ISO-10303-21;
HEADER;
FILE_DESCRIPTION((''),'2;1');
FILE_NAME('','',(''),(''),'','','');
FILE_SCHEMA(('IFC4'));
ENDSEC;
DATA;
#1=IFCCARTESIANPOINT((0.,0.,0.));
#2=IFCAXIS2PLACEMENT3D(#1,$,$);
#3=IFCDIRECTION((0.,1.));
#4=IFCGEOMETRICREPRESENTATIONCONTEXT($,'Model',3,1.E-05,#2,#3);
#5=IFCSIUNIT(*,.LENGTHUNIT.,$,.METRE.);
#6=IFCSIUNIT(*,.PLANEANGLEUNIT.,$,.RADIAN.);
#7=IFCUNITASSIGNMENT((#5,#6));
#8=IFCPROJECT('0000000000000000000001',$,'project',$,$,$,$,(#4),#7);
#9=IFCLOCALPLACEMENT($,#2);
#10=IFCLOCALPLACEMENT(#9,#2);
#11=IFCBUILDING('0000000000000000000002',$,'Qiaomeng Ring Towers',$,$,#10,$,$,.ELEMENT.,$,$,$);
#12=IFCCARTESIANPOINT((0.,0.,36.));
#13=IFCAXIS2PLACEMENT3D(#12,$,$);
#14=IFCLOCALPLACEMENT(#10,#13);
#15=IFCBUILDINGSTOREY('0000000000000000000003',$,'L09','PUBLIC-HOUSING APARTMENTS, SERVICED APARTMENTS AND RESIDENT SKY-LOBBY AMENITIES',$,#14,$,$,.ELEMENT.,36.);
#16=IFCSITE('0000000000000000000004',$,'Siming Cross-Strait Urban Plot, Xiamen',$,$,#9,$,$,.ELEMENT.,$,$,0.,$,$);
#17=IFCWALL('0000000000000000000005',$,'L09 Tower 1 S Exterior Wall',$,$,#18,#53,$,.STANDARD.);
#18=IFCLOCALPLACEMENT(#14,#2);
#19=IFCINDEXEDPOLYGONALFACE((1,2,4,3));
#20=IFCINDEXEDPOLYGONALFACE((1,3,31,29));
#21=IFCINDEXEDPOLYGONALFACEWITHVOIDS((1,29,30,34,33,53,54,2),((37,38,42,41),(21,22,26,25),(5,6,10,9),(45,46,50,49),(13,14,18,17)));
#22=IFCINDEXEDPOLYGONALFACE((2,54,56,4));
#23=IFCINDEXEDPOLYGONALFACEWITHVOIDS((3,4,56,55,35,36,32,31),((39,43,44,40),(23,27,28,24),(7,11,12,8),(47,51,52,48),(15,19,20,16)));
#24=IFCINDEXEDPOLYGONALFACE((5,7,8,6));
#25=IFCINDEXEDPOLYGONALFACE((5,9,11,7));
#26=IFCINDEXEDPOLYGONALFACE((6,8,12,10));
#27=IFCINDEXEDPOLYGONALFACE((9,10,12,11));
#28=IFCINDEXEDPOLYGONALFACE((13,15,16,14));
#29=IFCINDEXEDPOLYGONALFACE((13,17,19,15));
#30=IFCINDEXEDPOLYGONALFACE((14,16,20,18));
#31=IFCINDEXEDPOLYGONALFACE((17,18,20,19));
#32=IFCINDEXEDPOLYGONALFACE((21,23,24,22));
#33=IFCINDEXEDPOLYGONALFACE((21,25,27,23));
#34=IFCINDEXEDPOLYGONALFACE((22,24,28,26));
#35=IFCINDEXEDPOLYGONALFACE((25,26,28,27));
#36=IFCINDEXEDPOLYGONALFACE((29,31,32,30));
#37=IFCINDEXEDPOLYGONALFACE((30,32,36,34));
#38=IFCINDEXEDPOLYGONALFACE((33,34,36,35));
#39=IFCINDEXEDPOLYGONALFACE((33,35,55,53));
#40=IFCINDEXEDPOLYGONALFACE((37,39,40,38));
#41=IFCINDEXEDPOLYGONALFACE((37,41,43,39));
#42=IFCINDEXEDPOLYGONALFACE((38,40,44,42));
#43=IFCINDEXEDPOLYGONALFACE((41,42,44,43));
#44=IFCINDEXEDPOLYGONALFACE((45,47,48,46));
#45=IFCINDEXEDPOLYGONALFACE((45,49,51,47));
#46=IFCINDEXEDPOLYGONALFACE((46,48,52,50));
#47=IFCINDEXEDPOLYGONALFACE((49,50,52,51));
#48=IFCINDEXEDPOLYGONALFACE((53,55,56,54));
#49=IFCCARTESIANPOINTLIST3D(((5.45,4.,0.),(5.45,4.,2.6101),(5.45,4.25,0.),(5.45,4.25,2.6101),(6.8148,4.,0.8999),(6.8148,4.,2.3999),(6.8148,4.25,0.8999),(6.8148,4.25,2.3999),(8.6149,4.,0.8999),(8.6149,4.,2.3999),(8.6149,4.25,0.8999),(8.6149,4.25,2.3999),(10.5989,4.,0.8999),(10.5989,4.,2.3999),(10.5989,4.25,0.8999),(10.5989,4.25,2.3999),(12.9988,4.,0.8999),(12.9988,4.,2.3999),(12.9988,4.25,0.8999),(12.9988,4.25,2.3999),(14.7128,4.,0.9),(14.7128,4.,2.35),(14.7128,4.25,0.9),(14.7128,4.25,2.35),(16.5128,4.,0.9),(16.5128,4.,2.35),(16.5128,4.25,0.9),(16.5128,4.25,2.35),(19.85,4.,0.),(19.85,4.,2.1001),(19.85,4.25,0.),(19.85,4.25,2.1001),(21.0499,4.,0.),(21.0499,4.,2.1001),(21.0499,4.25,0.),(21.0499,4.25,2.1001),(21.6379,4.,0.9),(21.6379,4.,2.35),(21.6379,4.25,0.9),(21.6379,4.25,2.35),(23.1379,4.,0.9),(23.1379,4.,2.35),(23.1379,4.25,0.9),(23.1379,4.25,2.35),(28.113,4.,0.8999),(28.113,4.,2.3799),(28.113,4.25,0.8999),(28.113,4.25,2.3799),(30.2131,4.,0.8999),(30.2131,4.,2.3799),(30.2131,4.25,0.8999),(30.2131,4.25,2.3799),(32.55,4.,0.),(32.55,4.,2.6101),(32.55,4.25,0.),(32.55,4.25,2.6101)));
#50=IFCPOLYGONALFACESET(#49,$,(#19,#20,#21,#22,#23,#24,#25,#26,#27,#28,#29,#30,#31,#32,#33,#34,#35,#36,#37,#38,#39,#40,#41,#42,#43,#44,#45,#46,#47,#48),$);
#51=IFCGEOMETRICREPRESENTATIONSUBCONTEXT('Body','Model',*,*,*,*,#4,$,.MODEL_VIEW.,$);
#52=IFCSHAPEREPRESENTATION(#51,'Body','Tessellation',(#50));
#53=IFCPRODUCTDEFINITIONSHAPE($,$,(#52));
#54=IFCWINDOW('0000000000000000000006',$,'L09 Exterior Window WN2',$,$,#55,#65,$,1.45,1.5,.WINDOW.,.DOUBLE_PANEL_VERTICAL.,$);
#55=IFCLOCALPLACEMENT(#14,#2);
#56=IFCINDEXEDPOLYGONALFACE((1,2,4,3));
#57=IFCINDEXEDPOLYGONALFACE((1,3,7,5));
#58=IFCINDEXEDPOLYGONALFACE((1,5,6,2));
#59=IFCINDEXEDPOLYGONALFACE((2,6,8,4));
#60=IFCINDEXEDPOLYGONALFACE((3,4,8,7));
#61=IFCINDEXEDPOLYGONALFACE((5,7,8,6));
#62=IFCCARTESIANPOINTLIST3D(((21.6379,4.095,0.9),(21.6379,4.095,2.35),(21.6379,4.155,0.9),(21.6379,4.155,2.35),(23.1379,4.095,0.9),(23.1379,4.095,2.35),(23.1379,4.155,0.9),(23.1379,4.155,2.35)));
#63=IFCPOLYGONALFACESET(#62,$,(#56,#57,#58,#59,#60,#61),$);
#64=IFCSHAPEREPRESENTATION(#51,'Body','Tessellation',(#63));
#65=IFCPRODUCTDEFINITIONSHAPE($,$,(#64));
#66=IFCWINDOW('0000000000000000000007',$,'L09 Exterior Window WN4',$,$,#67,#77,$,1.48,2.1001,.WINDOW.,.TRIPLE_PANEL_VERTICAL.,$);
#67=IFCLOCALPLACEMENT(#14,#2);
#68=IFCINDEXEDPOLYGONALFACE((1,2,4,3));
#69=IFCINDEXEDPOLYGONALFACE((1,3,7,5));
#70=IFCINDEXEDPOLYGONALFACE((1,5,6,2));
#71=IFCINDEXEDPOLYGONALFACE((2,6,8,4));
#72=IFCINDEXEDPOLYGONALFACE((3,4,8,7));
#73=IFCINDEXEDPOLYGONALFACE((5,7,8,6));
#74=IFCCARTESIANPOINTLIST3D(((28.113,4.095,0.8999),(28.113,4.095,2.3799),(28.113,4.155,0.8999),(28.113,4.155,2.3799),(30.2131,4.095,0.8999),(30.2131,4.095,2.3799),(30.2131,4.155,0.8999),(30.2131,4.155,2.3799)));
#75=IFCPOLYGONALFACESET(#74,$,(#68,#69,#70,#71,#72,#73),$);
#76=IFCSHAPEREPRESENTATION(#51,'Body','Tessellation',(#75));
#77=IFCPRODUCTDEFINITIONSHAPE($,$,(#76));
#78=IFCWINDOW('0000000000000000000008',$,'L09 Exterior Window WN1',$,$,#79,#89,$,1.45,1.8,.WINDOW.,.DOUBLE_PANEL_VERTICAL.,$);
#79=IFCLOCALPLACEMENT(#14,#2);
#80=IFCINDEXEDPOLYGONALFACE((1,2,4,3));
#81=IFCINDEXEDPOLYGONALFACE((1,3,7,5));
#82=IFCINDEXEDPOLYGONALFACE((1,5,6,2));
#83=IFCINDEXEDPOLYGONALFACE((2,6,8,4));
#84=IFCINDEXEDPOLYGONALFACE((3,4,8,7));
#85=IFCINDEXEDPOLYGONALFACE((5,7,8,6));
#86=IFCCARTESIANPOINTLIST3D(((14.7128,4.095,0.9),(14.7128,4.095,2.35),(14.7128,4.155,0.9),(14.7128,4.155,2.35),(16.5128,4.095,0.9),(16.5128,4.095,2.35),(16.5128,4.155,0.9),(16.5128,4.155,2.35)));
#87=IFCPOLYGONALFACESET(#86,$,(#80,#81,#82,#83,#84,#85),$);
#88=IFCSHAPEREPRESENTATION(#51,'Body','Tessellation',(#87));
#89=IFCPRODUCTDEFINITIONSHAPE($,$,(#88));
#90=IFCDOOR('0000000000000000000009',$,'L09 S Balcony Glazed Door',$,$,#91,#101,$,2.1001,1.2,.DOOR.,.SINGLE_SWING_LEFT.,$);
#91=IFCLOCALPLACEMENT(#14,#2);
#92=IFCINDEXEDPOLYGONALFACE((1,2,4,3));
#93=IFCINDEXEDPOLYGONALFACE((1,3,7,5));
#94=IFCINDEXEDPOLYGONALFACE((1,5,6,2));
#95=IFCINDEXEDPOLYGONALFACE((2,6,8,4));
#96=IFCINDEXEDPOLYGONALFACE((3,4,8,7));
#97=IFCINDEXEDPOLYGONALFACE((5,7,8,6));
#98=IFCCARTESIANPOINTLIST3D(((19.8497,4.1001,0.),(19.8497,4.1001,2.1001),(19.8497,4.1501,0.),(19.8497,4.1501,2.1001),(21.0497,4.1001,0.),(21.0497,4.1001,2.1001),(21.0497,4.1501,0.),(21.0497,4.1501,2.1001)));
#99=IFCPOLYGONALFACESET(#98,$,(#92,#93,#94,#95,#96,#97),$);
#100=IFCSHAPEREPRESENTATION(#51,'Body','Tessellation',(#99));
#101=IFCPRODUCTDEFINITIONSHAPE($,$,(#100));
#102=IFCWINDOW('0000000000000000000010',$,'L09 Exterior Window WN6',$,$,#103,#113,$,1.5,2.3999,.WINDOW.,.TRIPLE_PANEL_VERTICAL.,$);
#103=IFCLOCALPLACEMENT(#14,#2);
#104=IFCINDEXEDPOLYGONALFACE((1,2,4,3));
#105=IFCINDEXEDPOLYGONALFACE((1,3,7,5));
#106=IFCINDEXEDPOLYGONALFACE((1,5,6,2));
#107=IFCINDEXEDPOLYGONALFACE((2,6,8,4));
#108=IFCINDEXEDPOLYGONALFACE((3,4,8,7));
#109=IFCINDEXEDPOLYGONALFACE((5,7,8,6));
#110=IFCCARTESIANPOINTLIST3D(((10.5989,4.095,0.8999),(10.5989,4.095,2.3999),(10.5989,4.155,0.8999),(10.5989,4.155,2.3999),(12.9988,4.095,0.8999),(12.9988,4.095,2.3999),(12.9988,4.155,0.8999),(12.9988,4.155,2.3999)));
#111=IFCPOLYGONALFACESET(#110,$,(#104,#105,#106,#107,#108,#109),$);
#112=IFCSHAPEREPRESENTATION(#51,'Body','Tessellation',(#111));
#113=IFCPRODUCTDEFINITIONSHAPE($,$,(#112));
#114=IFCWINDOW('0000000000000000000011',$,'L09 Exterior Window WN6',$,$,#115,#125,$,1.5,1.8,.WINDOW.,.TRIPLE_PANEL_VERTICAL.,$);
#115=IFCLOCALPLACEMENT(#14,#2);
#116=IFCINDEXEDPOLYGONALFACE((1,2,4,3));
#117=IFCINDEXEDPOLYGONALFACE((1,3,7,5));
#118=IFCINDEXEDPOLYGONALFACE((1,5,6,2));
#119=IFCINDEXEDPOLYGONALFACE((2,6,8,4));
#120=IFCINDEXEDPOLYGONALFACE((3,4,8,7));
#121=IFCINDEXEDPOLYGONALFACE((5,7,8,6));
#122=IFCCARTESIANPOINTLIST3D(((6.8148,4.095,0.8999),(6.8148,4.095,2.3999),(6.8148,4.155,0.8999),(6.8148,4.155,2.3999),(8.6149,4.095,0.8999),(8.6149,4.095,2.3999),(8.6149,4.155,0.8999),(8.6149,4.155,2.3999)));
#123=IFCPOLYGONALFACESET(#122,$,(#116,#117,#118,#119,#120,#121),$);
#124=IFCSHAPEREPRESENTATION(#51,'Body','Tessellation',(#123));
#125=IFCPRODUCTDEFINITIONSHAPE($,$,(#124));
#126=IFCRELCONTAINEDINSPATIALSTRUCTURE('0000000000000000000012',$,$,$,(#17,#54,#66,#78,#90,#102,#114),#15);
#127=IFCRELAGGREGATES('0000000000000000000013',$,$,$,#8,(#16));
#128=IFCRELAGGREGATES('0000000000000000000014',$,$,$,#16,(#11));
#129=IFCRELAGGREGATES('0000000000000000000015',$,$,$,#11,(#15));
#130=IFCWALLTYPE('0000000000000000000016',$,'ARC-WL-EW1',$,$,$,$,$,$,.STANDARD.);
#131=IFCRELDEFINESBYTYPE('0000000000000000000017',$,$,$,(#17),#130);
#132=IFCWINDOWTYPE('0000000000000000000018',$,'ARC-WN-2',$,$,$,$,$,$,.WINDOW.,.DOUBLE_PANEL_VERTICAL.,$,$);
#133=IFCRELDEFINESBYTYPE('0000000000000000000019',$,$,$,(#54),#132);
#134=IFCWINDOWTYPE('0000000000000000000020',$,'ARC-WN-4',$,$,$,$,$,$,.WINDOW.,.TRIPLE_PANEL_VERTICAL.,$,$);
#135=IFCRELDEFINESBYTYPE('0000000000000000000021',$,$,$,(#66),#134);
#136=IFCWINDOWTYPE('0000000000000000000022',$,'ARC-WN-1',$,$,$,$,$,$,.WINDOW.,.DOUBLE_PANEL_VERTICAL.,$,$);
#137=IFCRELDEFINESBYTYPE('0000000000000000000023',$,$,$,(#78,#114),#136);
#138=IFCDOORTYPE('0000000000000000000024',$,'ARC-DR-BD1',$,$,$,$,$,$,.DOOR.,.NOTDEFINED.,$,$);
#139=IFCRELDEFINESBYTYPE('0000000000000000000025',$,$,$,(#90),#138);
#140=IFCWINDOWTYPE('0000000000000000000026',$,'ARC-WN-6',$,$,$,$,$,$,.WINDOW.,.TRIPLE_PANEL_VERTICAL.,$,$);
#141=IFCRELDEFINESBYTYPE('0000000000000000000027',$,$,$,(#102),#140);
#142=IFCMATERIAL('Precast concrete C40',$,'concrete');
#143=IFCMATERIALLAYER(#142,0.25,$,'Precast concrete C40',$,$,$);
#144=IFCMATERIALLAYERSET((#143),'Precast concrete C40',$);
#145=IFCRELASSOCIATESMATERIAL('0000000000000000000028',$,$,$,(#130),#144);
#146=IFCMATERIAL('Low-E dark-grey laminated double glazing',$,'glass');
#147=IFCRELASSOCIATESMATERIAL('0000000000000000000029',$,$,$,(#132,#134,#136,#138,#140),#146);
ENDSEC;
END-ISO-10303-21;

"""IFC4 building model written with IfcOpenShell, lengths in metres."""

from ifc_helpers import new_model, si_unit, direction, frame, frame_2d, origin, place, context, subcontext, project, spatial, rectangle, extrude, source, transform, mapped, material, layer, layer_set, type_object, element, fill, save


model = new_model("IFC4")

# Units and contexts
model_context = context("Model", 3, precision=1e-05, world=origin(), true_north=direction((0.0, 1.0)))
body_context = subcontext(model_context, "Body", "Model", "MODEL_VIEW")
ifc_project = project(units=[si_unit("LENGTHUNIT", "METRE"), si_unit("PLANEANGLEUNIT", "RADIAN")], contexts=[model_context])

# Site, building, storey
site_placement = place(None, origin())
site = spatial("IfcSite", under=ifc_project, at=site_placement, Name="Siming Cross-Strait Urban Plot, Xiamen", CompositionType="ELEMENT", RefElevation=0.0)
building_placement = place(site_placement, origin())
building = spatial("IfcBuilding", under=site, at=building_placement, Name="Qiaomeng Ring Towers", CompositionType="ELEMENT")
storey_placement = place(building_placement, frame((0.0, 0.0, 36.0)))
storey = spatial("IfcBuildingStorey", under=building, at=storey_placement, Name="L09", Description="PUBLIC-HOUSING APARTMENTS, SERVICED APARTMENTS AND RESIDENT SKY-LOBBY AMENITIES", CompositionType="ELEMENT", Elevation=36.0)

# Shared definitions
ifc_material_1 = material(Name="Low-E dark-grey laminated double glazing", Category="glass")

# Wall, openings, windows, door
ifc_material_2 = material(Name="Precast concrete C40", Category="concrete")
ifc_layer_1 = layer(ifc_material_2, 0.25, Name="Precast concrete C40")
ifc_layer_set_1 = layer_set([ifc_layer_1], Name="Precast concrete C40")
wall_type_1 = type_object("IfcWallType", Name="ARC-WL-EW1", PredefinedType="STANDARD", material=ifc_layer_set_1)
wall_1_placement = place(storey_placement, frame((5.45, 4.125, 0.0), z_axis=(0.0, 0.0, 1.0), x_axis=(1.0, 0.0, 0.0)))
wall_1 = element("IfcWall", 1, at=wall_1_placement, inside=storey, type_object=wall_type_1, Name="L09 Tower 1 S Exterior Wall", PredefinedType="STANDARD", context=body_context, shape_type="SweptSolid", body=[
    extrude(rectangle(XDim=27.1001, YDim=0.25, at=frame_2d((13.55, 0.0))), origin(), (0.0, 0.0, 1.0), 2.6101),
])
opening_1_placement = place(wall_1_placement, frame((14.3999, 0.0, 0.0)))
opening_1 = element("IfcOpeningElement", 2, at=opening_1_placement, cuts=wall_1, PredefinedType="OPENING", context=body_context, shape_type="SweptSolid", body=[
    extrude(rectangle(XDim=1.2, YDim=2.1001, at=frame_2d((0.6001, 1.05))), frame((0.0, 0.135, 0.0), z_axis=(0.0, -1.0, 0.0), x_axis=(1.0, 0.0, 0.0)), (0.0, 0.0, 1.0), 0.27),
])
opening_2_placement = place(wall_1_placement, frame((1.365, 0.0, 0.8999)))
opening_2 = element("IfcOpeningElement", 3, at=opening_2_placement, cuts=wall_1, PredefinedType="OPENING", context=body_context, shape_type="SweptSolid", body=[
    extrude(rectangle(XDim=1.8, YDim=1.5, at=frame_2d((0.8999, 0.75))), frame((0.0, 0.135, 0.0), z_axis=(0.0, -1.0, 0.0), x_axis=(1.0, 0.0, 0.0)), (0.0, 0.0, 1.0), 0.27),
])
opening_3_placement = place(wall_1_placement, frame((9.2629, 0.0, 0.8999)))
opening_3 = element("IfcOpeningElement", 4, at=opening_3_placement, cuts=wall_1, PredefinedType="OPENING", context=body_context, shape_type="SweptSolid", body=[
    extrude(rectangle(XDim=1.8, YDim=1.45, at=frame_2d((0.8999, 0.7251))), frame((0.0, 0.135, 0.0), z_axis=(0.0, -1.0, 0.0), x_axis=(1.0, 0.0, 0.0)), (0.0, 0.0, 1.0), 0.27),
])
opening_4_placement = place(wall_1_placement, frame((16.188, 0.0, 0.8999)))
opening_4 = element("IfcOpeningElement", 5, at=opening_4_placement, cuts=wall_1, PredefinedType="OPENING", context=body_context, shape_type="SweptSolid", body=[
    extrude(rectangle(XDim=1.5, YDim=1.45, at=frame_2d((0.75, 0.7251))), frame((0.0, 0.135, 0.0), z_axis=(0.0, -1.0, 0.0), x_axis=(1.0, 0.0, 0.0)), (0.0, 0.0, 1.0), 0.27),
])
opening_5_placement = place(wall_1_placement, frame((22.6631, 0.0, 0.8999)))
opening_5 = element("IfcOpeningElement", 6, at=opening_5_placement, cuts=wall_1, PredefinedType="OPENING", context=body_context, shape_type="SweptSolid", body=[
    extrude(rectangle(XDim=2.1001, YDim=1.48, at=frame_2d((1.05, 0.74))), frame((0.0, 0.135, 0.0), z_axis=(0.0, -1.0, 0.0), x_axis=(1.0, 0.0, 0.0)), (0.0, 0.0, 1.0), 0.27),
])
opening_6_placement = place(wall_1_placement, frame((5.1489, 0.0, 0.8999)))
opening_6 = element("IfcOpeningElement", 7, at=opening_6_placement, cuts=wall_1, PredefinedType="OPENING", context=body_context, shape_type="SweptSolid", body=[
    extrude(rectangle(XDim=2.3999, YDim=1.5, at=frame_2d((1.2, 0.75))), frame((0.0, 0.135, 0.0), z_axis=(0.0, -1.0, 0.0), x_axis=(1.0, 0.0, 0.0)), (0.0, 0.0, 1.0), 0.27),
])
window_type_1 = type_object("IfcWindowType", Name="ARC-WN-2", PartitioningType="DOUBLE_PANEL_VERTICAL", PredefinedType="WINDOW", material=ifc_material_1)
shared_shape_1 = source(origin(), body_context, "Body", "SweptSolid", [
    extrude(rectangle(XDim=1.5, YDim=1.45, at=frame_2d((0.75, 0.7251))), frame((0.0, 0.03, 0.0), z_axis=(0.0, -1.0, 0.0), x_axis=(1.0, 0.0, 0.0)), (0.0, 0.0, 1.0), 0.0601),
])
window_1_placement = place(opening_4_placement, origin())
window_1 = element("IfcWindow", 8, at=window_1_placement, inside=storey, type_object=window_type_1, Name="L09 Exterior Window WN2", OverallHeight=1.45, OverallWidth=1.5, PartitioningType="DOUBLE_PANEL_VERTICAL", PredefinedType="WINDOW", context=body_context, shape_type="MappedRepresentation", body=[
    mapped(shared_shape_1, transform((0.0, 0.0, 0.0), x_axis=(1.0, 0.0, 0.0), y_axis=(0.0, 1.0, 0.0), z_axis=(0.0, 0.0, 1.0), scale=1.0)),
])
fill(opening_4, window_1)
window_type_2 = type_object("IfcWindowType", Name="ARC-WN-4", PartitioningType="TRIPLE_PANEL_VERTICAL", PredefinedType="WINDOW", material=ifc_material_1)
shared_shape_2 = source(origin(), body_context, "Body", "SweptSolid", [
    extrude(rectangle(XDim=2.1001, YDim=1.48, at=frame_2d((1.05, 0.74))), frame((0.0, 0.03, 0.0), z_axis=(0.0, -1.0, 0.0), x_axis=(1.0, 0.0, 0.0)), (0.0, 0.0, 1.0), 0.0601),
])
window_2_placement = place(opening_5_placement, origin())
window_2 = element("IfcWindow", 9, at=window_2_placement, inside=storey, type_object=window_type_2, Name="L09 Exterior Window WN4", OverallHeight=1.48, OverallWidth=2.1001, PartitioningType="TRIPLE_PANEL_VERTICAL", PredefinedType="WINDOW", context=body_context, shape_type="MappedRepresentation", body=[
    mapped(shared_shape_2, transform((0.0, 0.0, 0.0), x_axis=(1.0, 0.0, 0.0), y_axis=(0.0, 1.0, 0.0), z_axis=(0.0, 0.0, 1.0), scale=1.0)),
])
fill(opening_5, window_2)
window_type_3 = type_object("IfcWindowType", Name="ARC-WN-1", PartitioningType="DOUBLE_PANEL_VERTICAL", PredefinedType="WINDOW", material=ifc_material_1)
shared_shape_3 = source(origin(), body_context, "Body", "SweptSolid", [
    extrude(rectangle(XDim=1.8, YDim=1.45, at=frame_2d((0.8999, 0.7251))), frame((0.0, 0.03, 0.0), z_axis=(0.0, -1.0, 0.0), x_axis=(1.0, 0.0, 0.0)), (0.0, 0.0, 1.0), 0.0601),
])
window_3_placement = place(opening_3_placement, origin())
window_3 = element("IfcWindow", 10, at=window_3_placement, inside=storey, type_object=window_type_3, Name="L09 Exterior Window WN1", OverallHeight=1.45, OverallWidth=1.8, PartitioningType="DOUBLE_PANEL_VERTICAL", PredefinedType="WINDOW", context=body_context, shape_type="MappedRepresentation", body=[
    mapped(shared_shape_3, transform((0.0, 0.0, 0.0), x_axis=(1.0, 0.0, 0.0), y_axis=(0.0, 1.0, 0.0), z_axis=(0.0, 0.0, 1.0), scale=1.0)),
])
fill(opening_3, window_3)
door_type_1 = type_object("IfcDoorType", Name="ARC-DR-BD1", OperationType="NOTDEFINED", PredefinedType="DOOR", material=ifc_material_1)
shared_shape_4 = source(origin(), body_context, "Body", "SweptSolid", [
    extrude(rectangle(XDim=1.2, YDim=2.1001, at=frame_2d((0.6001, 1.05))), frame((0.0, 0.0249, 0.0), z_axis=(0.0, -1.0, 0.0), x_axis=(1.0, 0.0, 0.0)), (0.0, 0.0, 1.0), 0.05),
])
door_1_placement = place(opening_1_placement, frame((1.2, 0.0, 0.0), z_axis=(0.0, 0.0, 1.0), x_axis=(-1.0, 0.0, 0.0)))
door_1 = element("IfcDoor", 11, at=door_1_placement, inside=storey, type_object=door_type_1, Name="L09 S Balcony Glazed Door", OperationType="SINGLE_SWING_LEFT", OverallHeight=2.1001, OverallWidth=1.2, PredefinedType="DOOR", context=body_context, shape_type="MappedRepresentation", body=[
    mapped(shared_shape_4, transform((0.0, 0.0, 0.0), x_axis=(1.0, 0.0, 0.0), y_axis=(0.0, 1.0, 0.0), z_axis=(0.0, 0.0, 1.0), scale=1.0)),
])
fill(opening_1, door_1)
window_type_4 = type_object("IfcWindowType", Name="ARC-WN-6", PartitioningType="TRIPLE_PANEL_VERTICAL", PredefinedType="WINDOW", material=ifc_material_1)
shared_shape_5 = source(origin(), body_context, "Body", "SweptSolid", [
    extrude(rectangle(XDim=2.3999, YDim=1.5, at=frame_2d((1.2, 0.75))), frame((0.0, 0.03, 0.0), z_axis=(0.0, -1.0, 0.0), x_axis=(1.0, 0.0, 0.0)), (0.0, 0.0, 1.0), 0.0601),
])
window_4_placement = place(opening_6_placement, origin())
window_4 = element("IfcWindow", 12, at=window_4_placement, inside=storey, type_object=window_type_4, Name="L09 Exterior Window WN6", OverallHeight=1.5, OverallWidth=2.3999, PartitioningType="TRIPLE_PANEL_VERTICAL", PredefinedType="WINDOW", context=body_context, shape_type="MappedRepresentation", body=[
    mapped(shared_shape_5, transform((0.0, 0.0, 0.0), x_axis=(1.0, 0.0, 0.0), y_axis=(0.0, 1.0, 0.0), z_axis=(0.0, 0.0, 1.0), scale=1.0)),
])
fill(opening_6, window_4)
shared_shape_6 = source(origin(), body_context, "Body", "SweptSolid", [
    extrude(rectangle(XDim=1.8, YDim=1.5, at=frame_2d((0.8999, 0.75))), frame((0.0, 0.03, 0.0), z_axis=(0.0, -1.0, 0.0), x_axis=(1.0, 0.0, 0.0)), (0.0, 0.0, 1.0), 0.0601),
])
window_5_placement = place(opening_2_placement, origin())
window_5 = element("IfcWindow", 13, at=window_5_placement, inside=storey, type_object=window_type_3, Name="L09 Exterior Window WN6", OverallHeight=1.5, OverallWidth=1.8, PartitioningType="TRIPLE_PANEL_VERTICAL", PredefinedType="WINDOW", context=body_context, shape_type="MappedRepresentation", body=[
    mapped(shared_shape_6, transform((0.0, 0.0, 0.0), x_axis=(1.0, 0.0, 0.0), y_axis=(0.0, 1.0, 0.0), z_axis=(0.0, 0.0, 1.0), scale=1.0)),
])
fill(opening_2, window_5)

save(model, "model.ifc")
